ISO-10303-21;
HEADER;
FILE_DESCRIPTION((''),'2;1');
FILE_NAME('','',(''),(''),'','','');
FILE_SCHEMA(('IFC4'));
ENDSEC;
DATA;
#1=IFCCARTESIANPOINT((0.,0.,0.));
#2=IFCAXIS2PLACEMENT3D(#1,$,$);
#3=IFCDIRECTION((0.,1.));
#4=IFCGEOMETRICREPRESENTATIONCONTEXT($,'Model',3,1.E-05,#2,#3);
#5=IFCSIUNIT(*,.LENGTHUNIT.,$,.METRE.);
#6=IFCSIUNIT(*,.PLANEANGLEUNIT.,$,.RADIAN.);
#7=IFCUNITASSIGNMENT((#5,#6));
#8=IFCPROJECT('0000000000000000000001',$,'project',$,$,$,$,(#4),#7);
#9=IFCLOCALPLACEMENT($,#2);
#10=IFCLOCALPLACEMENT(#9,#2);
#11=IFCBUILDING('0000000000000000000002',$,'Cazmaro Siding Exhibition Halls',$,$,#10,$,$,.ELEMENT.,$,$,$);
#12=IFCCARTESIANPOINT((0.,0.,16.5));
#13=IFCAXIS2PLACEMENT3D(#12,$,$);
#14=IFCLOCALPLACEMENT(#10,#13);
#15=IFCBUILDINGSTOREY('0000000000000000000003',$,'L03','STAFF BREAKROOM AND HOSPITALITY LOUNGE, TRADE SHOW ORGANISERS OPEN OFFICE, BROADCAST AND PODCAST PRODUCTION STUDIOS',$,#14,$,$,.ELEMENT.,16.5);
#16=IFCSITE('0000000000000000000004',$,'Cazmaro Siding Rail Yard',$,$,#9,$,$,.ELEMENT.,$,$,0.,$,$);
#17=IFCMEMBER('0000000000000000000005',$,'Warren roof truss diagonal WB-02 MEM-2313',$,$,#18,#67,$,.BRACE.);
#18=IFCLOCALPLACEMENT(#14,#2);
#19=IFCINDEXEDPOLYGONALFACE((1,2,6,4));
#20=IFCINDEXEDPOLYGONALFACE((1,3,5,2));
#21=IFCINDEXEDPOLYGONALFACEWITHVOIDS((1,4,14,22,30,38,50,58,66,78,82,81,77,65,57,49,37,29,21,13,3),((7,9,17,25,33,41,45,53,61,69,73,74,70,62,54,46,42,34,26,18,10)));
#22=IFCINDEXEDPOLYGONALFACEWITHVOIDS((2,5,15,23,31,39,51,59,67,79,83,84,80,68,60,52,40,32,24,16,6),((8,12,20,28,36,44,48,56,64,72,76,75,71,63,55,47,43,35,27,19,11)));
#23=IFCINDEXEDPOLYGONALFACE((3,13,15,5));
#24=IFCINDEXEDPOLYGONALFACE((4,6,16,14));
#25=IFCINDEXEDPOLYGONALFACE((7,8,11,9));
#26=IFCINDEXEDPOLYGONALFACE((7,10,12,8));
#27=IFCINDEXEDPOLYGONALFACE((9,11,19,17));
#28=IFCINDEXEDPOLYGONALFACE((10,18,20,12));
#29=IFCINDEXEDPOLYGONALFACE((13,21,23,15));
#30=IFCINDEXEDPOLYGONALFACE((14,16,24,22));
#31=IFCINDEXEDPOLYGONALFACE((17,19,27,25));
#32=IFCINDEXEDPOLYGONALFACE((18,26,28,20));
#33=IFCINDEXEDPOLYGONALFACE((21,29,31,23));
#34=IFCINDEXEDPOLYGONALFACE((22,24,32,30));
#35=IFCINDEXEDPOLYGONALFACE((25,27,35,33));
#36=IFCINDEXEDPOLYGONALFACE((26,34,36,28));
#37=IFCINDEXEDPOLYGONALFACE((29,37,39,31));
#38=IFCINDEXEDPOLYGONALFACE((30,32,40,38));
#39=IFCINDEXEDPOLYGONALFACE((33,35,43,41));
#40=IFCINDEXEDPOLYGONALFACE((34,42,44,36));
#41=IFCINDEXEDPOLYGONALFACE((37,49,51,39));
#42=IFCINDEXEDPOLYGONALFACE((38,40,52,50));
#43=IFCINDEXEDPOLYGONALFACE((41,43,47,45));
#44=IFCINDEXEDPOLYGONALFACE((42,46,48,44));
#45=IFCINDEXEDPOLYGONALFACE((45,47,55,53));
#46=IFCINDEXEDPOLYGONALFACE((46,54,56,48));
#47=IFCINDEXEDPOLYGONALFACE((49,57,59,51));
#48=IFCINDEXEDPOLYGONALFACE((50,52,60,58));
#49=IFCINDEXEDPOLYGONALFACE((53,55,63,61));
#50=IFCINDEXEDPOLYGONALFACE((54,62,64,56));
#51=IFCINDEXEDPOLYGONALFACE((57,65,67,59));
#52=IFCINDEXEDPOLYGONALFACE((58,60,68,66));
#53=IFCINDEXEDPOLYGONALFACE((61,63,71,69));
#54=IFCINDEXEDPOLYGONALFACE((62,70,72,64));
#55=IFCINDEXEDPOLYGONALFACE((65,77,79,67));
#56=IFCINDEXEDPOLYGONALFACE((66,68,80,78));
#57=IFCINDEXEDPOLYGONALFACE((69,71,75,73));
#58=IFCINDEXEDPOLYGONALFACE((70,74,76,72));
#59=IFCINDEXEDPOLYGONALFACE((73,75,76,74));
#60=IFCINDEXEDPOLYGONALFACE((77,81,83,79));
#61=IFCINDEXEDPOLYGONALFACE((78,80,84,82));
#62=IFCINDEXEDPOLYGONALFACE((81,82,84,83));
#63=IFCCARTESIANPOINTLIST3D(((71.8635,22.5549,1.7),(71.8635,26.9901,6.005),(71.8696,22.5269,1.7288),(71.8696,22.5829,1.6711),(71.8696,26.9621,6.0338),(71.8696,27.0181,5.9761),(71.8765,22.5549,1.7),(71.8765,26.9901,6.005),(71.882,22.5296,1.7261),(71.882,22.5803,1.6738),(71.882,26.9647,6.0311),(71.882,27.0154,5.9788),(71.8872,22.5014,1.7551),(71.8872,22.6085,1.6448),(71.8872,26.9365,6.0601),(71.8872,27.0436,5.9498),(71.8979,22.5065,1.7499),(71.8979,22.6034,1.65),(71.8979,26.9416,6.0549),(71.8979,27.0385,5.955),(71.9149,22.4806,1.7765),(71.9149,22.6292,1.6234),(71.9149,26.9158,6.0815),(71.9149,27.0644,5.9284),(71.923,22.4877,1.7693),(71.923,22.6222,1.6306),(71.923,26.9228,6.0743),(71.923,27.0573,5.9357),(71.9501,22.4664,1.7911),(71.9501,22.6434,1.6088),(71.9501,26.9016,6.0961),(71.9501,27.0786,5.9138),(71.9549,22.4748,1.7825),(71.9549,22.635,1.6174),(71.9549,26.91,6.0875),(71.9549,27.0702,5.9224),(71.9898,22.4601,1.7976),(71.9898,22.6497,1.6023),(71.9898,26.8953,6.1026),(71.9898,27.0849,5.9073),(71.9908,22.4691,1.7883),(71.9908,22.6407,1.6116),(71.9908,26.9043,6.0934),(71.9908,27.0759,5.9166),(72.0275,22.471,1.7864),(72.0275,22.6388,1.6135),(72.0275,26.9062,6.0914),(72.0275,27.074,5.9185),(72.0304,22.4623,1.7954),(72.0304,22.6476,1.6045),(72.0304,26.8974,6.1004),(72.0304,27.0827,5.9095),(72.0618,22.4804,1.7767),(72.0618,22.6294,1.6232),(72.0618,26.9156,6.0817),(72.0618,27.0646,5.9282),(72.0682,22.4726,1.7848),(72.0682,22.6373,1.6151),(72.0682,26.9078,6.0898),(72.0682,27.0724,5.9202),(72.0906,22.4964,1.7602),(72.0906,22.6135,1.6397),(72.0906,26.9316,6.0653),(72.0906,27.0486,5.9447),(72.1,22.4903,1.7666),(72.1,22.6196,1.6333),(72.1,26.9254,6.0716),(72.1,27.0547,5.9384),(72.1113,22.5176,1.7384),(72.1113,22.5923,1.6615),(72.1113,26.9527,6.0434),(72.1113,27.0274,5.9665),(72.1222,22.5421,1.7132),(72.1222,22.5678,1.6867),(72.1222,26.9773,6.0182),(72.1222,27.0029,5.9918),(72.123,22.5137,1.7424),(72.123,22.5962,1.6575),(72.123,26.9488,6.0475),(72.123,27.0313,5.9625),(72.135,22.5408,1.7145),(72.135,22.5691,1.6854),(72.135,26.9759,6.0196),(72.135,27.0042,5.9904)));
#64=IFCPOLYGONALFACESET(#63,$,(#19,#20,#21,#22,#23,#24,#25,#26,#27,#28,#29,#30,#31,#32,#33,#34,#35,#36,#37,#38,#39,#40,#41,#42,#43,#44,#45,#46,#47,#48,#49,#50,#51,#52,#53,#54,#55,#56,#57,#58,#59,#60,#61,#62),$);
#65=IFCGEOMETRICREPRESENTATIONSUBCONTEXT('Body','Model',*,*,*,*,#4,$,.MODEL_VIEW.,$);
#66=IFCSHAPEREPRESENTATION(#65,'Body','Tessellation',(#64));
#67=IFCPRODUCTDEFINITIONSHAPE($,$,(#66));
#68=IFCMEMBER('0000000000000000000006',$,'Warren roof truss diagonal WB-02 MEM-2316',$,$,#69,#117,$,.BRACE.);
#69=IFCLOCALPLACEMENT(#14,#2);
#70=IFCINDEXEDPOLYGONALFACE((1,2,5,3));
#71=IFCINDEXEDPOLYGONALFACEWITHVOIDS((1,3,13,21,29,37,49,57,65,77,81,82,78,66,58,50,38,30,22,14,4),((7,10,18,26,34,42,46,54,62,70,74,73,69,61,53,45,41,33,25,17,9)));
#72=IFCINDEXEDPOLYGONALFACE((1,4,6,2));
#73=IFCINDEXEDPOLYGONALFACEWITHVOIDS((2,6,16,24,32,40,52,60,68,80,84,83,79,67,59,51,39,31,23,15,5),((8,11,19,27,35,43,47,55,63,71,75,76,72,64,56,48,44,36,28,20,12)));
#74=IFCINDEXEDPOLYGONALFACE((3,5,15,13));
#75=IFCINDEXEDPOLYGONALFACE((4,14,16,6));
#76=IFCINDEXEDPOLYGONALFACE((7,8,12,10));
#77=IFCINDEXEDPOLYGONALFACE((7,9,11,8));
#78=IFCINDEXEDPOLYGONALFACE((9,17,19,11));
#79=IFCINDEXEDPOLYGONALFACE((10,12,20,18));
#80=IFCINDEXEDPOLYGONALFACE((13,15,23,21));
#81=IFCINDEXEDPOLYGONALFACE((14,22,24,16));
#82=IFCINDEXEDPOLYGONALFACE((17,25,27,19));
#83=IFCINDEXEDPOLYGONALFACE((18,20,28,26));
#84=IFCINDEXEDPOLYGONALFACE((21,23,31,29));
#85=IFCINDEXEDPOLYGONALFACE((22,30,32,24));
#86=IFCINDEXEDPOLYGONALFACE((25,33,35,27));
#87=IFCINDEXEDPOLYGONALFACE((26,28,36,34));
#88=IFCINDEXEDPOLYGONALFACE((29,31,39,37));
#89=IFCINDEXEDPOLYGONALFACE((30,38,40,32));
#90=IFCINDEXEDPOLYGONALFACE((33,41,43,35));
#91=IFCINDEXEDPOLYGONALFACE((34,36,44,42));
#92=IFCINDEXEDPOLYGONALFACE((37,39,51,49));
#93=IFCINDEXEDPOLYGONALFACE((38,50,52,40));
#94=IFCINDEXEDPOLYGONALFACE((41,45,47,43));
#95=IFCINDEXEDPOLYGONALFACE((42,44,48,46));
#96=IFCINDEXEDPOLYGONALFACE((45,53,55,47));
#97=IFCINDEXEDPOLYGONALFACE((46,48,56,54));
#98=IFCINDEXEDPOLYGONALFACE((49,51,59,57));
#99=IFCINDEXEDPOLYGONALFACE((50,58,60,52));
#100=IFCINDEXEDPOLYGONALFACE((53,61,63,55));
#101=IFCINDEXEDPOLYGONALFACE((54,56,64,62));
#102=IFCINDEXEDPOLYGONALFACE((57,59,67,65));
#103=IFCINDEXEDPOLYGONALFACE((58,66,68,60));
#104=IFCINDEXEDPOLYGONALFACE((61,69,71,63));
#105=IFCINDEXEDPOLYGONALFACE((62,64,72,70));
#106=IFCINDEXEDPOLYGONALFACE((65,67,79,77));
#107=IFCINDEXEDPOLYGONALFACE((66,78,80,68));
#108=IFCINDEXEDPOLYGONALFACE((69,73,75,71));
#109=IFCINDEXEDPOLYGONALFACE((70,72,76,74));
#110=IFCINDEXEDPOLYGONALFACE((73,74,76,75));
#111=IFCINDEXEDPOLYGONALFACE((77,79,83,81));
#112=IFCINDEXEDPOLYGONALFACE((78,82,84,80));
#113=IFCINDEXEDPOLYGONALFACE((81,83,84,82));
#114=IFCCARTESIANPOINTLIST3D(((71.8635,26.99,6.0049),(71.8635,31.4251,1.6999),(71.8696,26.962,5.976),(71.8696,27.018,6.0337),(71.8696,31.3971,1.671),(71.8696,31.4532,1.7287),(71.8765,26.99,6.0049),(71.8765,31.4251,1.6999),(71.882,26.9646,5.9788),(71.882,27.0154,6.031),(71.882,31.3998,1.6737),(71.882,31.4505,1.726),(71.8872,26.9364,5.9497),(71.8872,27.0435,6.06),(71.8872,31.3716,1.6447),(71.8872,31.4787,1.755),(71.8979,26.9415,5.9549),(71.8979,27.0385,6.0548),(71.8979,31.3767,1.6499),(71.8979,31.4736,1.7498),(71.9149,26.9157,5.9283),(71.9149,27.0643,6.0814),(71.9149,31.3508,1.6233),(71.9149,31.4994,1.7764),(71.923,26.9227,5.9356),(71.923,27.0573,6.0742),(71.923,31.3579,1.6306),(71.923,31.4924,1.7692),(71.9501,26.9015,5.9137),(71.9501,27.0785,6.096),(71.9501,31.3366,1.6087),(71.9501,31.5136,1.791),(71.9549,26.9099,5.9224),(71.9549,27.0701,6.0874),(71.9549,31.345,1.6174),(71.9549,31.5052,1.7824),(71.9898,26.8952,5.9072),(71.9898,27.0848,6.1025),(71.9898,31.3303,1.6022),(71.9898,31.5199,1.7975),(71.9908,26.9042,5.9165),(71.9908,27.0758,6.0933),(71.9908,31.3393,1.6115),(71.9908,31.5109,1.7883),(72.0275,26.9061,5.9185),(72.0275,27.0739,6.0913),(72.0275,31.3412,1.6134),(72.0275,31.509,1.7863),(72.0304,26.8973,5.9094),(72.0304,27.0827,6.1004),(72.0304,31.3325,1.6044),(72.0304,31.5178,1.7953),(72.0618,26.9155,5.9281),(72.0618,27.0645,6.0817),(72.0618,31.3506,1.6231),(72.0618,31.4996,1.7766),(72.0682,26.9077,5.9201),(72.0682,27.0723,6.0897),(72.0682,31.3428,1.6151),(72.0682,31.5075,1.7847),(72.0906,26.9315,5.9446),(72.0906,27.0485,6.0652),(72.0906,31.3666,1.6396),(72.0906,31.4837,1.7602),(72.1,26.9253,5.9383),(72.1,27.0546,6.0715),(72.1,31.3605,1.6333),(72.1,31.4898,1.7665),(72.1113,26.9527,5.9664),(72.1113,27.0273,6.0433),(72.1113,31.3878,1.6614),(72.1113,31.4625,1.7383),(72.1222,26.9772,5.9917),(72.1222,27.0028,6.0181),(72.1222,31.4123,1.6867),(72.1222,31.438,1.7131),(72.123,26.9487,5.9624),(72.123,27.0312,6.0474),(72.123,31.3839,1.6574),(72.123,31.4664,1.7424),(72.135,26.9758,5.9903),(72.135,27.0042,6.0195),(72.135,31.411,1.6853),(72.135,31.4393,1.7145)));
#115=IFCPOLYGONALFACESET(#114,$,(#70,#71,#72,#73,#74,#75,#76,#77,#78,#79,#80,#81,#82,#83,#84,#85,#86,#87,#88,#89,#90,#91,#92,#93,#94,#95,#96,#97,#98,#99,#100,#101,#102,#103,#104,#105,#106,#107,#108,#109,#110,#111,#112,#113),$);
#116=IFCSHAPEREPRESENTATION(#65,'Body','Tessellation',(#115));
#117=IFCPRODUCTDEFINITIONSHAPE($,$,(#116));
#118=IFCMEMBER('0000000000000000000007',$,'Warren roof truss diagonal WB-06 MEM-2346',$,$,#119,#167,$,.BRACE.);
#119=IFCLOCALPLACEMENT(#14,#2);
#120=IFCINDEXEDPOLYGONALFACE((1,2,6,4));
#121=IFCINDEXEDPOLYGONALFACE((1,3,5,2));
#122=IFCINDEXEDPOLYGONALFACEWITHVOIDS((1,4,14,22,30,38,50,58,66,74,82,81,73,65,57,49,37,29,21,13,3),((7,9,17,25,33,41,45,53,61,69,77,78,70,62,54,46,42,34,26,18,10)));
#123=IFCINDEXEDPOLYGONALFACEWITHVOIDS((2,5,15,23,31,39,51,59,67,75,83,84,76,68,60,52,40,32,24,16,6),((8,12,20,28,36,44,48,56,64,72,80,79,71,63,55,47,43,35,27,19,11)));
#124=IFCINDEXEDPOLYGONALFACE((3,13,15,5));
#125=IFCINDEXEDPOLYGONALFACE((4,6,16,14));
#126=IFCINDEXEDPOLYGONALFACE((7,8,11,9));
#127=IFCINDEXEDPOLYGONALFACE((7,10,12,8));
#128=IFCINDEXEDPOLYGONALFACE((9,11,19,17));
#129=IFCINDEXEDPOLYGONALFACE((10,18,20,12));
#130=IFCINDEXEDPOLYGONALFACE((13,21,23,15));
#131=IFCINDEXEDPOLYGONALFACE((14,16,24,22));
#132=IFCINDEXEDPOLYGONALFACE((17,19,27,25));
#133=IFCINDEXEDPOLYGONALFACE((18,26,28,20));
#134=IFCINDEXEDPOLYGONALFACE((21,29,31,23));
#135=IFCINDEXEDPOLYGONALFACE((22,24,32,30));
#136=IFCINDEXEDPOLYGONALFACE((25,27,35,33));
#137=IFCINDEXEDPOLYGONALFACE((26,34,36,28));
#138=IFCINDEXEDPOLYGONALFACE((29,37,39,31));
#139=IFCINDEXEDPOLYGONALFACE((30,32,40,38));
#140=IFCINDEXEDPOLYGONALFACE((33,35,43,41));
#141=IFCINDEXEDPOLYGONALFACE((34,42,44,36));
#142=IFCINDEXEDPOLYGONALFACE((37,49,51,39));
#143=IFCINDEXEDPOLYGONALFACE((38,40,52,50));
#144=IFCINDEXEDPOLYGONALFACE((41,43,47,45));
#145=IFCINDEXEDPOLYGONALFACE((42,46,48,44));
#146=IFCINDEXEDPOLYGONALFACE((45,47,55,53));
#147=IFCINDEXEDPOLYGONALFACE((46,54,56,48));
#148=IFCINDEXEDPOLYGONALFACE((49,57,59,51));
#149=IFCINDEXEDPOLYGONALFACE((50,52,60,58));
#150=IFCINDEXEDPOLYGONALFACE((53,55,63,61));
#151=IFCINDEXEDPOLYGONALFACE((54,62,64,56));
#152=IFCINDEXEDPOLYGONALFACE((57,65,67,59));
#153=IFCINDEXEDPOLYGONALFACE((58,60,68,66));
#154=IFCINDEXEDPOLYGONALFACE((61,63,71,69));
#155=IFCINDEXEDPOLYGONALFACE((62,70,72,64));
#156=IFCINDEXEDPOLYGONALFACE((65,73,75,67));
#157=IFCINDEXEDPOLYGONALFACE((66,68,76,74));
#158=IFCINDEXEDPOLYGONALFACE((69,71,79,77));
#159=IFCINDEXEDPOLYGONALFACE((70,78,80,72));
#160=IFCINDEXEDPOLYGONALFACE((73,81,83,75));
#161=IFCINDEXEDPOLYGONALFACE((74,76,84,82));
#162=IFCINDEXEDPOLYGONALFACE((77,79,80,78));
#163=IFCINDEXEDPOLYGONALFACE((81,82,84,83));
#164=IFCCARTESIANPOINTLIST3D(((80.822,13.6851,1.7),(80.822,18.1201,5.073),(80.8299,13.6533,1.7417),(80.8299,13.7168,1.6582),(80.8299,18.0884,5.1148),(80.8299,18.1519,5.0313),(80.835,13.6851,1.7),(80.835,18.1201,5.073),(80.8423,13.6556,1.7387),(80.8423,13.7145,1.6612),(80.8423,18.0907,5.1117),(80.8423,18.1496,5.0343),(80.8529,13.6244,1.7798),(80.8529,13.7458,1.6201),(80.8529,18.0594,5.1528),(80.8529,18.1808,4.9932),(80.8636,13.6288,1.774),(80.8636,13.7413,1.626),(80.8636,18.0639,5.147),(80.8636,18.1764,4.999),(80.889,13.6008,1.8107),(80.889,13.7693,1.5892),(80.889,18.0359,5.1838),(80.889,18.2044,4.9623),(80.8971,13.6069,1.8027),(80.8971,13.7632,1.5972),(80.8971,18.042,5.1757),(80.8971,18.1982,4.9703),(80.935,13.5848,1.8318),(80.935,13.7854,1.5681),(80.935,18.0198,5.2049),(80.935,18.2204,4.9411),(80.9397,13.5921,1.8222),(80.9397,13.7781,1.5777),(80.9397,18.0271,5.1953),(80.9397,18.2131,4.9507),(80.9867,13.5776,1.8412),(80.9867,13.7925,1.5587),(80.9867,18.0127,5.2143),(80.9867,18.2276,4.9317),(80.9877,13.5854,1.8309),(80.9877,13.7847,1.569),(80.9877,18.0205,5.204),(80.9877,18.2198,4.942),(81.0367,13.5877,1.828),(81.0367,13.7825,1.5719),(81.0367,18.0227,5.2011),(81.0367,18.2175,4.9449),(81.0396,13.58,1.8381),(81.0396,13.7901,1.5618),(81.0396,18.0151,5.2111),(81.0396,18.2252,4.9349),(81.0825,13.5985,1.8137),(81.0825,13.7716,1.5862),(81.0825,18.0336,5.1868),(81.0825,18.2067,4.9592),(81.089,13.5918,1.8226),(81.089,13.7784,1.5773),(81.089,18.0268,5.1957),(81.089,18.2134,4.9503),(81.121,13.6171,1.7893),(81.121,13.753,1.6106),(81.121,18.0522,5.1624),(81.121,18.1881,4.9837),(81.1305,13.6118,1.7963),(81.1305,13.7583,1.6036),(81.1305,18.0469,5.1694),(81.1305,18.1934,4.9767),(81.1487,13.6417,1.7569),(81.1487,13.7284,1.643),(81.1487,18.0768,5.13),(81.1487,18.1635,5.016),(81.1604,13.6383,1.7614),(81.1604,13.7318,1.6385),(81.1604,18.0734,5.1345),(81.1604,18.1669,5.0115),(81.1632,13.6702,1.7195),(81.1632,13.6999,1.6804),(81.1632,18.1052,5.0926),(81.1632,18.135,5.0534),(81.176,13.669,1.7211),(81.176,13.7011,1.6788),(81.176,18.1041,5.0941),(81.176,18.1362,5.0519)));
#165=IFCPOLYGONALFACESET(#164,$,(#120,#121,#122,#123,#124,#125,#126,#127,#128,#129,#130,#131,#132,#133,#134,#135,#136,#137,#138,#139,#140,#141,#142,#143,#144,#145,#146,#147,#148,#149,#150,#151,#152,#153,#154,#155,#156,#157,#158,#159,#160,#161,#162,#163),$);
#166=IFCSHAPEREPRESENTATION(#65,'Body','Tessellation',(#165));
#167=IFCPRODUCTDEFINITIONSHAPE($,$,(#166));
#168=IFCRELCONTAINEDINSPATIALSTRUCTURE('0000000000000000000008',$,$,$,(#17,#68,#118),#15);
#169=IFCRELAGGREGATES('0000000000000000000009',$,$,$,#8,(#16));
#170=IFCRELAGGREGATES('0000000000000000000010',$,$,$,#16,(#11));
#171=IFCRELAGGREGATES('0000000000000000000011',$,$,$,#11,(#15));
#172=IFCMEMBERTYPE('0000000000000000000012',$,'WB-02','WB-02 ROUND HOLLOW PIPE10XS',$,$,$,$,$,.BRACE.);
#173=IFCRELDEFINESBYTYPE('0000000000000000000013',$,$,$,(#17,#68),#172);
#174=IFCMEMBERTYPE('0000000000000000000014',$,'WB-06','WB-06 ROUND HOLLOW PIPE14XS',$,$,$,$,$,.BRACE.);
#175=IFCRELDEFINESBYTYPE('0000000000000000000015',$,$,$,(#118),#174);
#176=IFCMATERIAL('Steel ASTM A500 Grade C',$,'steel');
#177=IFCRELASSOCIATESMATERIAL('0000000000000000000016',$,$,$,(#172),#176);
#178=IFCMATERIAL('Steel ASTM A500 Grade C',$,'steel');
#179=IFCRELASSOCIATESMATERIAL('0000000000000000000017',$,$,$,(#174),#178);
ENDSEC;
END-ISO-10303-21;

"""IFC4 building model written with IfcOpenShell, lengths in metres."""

from ifc_helpers import new_model, si_unit, direction, frame, origin, origin_2d, place, context, subcontext, project, spatial, hollow_circle, extrude, material, material_profile, profile_set, type_object, element, save


model = new_model("IFC4")

# Units and contexts
model_context = context("Model", 3, precision=1e-05, world=origin(), true_north=direction((0.0, 1.0)))
body_context = subcontext(model_context, "Body", "Model", "MODEL_VIEW")
ifc_project = project(units=[si_unit("LENGTHUNIT", "METRE"), si_unit("PLANEANGLEUNIT", "RADIAN")], contexts=[model_context])

# Site, building, storey
site_placement = place(None, origin())
site = spatial("IfcSite", under=ifc_project, at=site_placement, Name="Cazmaro Siding Rail Yard", CompositionType="ELEMENT", RefElevation=0.0)
building_placement = place(site_placement, origin())
building = spatial("IfcBuilding", under=site, at=building_placement, Name="Cazmaro Siding Exhibition Halls", CompositionType="ELEMENT")
storey_placement = place(building_placement, frame((0.0, 0.0, 16.5)))
storey = spatial("IfcBuildingStorey", under=building, at=storey_placement, Name="L03", Description="STAFF BREAKROOM AND HOSPITALITY LOUNGE, TRADE SHOW ORGANISERS OPEN OFFICE, BROADCAST AND PODCAST PRODUCTION STUDIOS", CompositionType="ELEMENT", Elevation=16.5)

# Members
ifc_material_1 = material(Name="Steel ASTM A500 Grade C", Category="steel")
ifc_material_profile_1 = material_profile(ifc_material_1, hollow_circle(Radius=0.1365, WallThickness=0.0129, at=origin_2d()), Name="PIPE10XS")
ifc_profile_set_1 = profile_set([ifc_material_profile_1], Name="Steel ASTM A500 Grade C")
member_type_1 = type_object("IfcMemberType", Name="WB-02", Description="WB-02 ROUND HOLLOW PIPE10XS", PredefinedType="BRACE", material=ifc_profile_set_1)
for number, where, z_axis, x_axis, name in (
    (1, (72.0, 22.5549, 1.7), (0.0, 0.717555, 0.696502), (-1.0, 0.0, 0.0), "Warren roof truss diagonal WB-02 MEM-2313"),
    (2, (72.0, 26.99, 6.0049), (0.0, 0.717555, -0.696502), (-1.0, 0.0, 0.0), "Warren roof truss diagonal WB-02 MEM-2316"),
):
    element("IfcMember", number, at=place(storey_placement, frame(where, z_axis=z_axis, x_axis=x_axis)), inside=storey, type_object=member_type_1, Name=name, PredefinedType="BRACE", context=body_context, shape_type="SweptSolid", body=[
        extrude(hollow_circle(Radius=0.1365, WallThickness=0.0129, at=origin_2d()), origin(), (0.0, 0.0, 1.0), 6.1809),
    ])
ifc_material_2 = material(Name="Steel ASTM A500 Grade C", Category="steel")
ifc_material_profile_2 = material_profile(ifc_material_2, hollow_circle(Radius=0.178, WallThickness=0.0129, at=origin_2d()), Name="PIPE14XS")
ifc_profile_set_2 = profile_set([ifc_material_profile_2], Name="Steel ASTM A500 Grade C")
member_type_2 = type_object("IfcMemberType", Name="WB-06", Description="WB-06 ROUND HOLLOW PIPE14XS", PredefinedType="BRACE", material=ifc_profile_set_2)
member_1_placement = place(storey_placement, frame((81.0, 13.6851, 1.7), z_axis=(0.0, 0.795954, 0.605357), x_axis=(-1.0, 0.0, 0.0)))
element("IfcMember", 3, at=member_1_placement, inside=storey, type_object=member_type_2, Name="Warren roof truss diagonal WB-06 MEM-2346", PredefinedType="BRACE", context=body_context, shape_type="SweptSolid", body=[
    extrude(hollow_circle(Radius=0.178, WallThickness=0.0129, at=origin_2d()), origin(), (0.0, 0.0, 1.0), 5.572),
])

save(model, "model.ifc")
